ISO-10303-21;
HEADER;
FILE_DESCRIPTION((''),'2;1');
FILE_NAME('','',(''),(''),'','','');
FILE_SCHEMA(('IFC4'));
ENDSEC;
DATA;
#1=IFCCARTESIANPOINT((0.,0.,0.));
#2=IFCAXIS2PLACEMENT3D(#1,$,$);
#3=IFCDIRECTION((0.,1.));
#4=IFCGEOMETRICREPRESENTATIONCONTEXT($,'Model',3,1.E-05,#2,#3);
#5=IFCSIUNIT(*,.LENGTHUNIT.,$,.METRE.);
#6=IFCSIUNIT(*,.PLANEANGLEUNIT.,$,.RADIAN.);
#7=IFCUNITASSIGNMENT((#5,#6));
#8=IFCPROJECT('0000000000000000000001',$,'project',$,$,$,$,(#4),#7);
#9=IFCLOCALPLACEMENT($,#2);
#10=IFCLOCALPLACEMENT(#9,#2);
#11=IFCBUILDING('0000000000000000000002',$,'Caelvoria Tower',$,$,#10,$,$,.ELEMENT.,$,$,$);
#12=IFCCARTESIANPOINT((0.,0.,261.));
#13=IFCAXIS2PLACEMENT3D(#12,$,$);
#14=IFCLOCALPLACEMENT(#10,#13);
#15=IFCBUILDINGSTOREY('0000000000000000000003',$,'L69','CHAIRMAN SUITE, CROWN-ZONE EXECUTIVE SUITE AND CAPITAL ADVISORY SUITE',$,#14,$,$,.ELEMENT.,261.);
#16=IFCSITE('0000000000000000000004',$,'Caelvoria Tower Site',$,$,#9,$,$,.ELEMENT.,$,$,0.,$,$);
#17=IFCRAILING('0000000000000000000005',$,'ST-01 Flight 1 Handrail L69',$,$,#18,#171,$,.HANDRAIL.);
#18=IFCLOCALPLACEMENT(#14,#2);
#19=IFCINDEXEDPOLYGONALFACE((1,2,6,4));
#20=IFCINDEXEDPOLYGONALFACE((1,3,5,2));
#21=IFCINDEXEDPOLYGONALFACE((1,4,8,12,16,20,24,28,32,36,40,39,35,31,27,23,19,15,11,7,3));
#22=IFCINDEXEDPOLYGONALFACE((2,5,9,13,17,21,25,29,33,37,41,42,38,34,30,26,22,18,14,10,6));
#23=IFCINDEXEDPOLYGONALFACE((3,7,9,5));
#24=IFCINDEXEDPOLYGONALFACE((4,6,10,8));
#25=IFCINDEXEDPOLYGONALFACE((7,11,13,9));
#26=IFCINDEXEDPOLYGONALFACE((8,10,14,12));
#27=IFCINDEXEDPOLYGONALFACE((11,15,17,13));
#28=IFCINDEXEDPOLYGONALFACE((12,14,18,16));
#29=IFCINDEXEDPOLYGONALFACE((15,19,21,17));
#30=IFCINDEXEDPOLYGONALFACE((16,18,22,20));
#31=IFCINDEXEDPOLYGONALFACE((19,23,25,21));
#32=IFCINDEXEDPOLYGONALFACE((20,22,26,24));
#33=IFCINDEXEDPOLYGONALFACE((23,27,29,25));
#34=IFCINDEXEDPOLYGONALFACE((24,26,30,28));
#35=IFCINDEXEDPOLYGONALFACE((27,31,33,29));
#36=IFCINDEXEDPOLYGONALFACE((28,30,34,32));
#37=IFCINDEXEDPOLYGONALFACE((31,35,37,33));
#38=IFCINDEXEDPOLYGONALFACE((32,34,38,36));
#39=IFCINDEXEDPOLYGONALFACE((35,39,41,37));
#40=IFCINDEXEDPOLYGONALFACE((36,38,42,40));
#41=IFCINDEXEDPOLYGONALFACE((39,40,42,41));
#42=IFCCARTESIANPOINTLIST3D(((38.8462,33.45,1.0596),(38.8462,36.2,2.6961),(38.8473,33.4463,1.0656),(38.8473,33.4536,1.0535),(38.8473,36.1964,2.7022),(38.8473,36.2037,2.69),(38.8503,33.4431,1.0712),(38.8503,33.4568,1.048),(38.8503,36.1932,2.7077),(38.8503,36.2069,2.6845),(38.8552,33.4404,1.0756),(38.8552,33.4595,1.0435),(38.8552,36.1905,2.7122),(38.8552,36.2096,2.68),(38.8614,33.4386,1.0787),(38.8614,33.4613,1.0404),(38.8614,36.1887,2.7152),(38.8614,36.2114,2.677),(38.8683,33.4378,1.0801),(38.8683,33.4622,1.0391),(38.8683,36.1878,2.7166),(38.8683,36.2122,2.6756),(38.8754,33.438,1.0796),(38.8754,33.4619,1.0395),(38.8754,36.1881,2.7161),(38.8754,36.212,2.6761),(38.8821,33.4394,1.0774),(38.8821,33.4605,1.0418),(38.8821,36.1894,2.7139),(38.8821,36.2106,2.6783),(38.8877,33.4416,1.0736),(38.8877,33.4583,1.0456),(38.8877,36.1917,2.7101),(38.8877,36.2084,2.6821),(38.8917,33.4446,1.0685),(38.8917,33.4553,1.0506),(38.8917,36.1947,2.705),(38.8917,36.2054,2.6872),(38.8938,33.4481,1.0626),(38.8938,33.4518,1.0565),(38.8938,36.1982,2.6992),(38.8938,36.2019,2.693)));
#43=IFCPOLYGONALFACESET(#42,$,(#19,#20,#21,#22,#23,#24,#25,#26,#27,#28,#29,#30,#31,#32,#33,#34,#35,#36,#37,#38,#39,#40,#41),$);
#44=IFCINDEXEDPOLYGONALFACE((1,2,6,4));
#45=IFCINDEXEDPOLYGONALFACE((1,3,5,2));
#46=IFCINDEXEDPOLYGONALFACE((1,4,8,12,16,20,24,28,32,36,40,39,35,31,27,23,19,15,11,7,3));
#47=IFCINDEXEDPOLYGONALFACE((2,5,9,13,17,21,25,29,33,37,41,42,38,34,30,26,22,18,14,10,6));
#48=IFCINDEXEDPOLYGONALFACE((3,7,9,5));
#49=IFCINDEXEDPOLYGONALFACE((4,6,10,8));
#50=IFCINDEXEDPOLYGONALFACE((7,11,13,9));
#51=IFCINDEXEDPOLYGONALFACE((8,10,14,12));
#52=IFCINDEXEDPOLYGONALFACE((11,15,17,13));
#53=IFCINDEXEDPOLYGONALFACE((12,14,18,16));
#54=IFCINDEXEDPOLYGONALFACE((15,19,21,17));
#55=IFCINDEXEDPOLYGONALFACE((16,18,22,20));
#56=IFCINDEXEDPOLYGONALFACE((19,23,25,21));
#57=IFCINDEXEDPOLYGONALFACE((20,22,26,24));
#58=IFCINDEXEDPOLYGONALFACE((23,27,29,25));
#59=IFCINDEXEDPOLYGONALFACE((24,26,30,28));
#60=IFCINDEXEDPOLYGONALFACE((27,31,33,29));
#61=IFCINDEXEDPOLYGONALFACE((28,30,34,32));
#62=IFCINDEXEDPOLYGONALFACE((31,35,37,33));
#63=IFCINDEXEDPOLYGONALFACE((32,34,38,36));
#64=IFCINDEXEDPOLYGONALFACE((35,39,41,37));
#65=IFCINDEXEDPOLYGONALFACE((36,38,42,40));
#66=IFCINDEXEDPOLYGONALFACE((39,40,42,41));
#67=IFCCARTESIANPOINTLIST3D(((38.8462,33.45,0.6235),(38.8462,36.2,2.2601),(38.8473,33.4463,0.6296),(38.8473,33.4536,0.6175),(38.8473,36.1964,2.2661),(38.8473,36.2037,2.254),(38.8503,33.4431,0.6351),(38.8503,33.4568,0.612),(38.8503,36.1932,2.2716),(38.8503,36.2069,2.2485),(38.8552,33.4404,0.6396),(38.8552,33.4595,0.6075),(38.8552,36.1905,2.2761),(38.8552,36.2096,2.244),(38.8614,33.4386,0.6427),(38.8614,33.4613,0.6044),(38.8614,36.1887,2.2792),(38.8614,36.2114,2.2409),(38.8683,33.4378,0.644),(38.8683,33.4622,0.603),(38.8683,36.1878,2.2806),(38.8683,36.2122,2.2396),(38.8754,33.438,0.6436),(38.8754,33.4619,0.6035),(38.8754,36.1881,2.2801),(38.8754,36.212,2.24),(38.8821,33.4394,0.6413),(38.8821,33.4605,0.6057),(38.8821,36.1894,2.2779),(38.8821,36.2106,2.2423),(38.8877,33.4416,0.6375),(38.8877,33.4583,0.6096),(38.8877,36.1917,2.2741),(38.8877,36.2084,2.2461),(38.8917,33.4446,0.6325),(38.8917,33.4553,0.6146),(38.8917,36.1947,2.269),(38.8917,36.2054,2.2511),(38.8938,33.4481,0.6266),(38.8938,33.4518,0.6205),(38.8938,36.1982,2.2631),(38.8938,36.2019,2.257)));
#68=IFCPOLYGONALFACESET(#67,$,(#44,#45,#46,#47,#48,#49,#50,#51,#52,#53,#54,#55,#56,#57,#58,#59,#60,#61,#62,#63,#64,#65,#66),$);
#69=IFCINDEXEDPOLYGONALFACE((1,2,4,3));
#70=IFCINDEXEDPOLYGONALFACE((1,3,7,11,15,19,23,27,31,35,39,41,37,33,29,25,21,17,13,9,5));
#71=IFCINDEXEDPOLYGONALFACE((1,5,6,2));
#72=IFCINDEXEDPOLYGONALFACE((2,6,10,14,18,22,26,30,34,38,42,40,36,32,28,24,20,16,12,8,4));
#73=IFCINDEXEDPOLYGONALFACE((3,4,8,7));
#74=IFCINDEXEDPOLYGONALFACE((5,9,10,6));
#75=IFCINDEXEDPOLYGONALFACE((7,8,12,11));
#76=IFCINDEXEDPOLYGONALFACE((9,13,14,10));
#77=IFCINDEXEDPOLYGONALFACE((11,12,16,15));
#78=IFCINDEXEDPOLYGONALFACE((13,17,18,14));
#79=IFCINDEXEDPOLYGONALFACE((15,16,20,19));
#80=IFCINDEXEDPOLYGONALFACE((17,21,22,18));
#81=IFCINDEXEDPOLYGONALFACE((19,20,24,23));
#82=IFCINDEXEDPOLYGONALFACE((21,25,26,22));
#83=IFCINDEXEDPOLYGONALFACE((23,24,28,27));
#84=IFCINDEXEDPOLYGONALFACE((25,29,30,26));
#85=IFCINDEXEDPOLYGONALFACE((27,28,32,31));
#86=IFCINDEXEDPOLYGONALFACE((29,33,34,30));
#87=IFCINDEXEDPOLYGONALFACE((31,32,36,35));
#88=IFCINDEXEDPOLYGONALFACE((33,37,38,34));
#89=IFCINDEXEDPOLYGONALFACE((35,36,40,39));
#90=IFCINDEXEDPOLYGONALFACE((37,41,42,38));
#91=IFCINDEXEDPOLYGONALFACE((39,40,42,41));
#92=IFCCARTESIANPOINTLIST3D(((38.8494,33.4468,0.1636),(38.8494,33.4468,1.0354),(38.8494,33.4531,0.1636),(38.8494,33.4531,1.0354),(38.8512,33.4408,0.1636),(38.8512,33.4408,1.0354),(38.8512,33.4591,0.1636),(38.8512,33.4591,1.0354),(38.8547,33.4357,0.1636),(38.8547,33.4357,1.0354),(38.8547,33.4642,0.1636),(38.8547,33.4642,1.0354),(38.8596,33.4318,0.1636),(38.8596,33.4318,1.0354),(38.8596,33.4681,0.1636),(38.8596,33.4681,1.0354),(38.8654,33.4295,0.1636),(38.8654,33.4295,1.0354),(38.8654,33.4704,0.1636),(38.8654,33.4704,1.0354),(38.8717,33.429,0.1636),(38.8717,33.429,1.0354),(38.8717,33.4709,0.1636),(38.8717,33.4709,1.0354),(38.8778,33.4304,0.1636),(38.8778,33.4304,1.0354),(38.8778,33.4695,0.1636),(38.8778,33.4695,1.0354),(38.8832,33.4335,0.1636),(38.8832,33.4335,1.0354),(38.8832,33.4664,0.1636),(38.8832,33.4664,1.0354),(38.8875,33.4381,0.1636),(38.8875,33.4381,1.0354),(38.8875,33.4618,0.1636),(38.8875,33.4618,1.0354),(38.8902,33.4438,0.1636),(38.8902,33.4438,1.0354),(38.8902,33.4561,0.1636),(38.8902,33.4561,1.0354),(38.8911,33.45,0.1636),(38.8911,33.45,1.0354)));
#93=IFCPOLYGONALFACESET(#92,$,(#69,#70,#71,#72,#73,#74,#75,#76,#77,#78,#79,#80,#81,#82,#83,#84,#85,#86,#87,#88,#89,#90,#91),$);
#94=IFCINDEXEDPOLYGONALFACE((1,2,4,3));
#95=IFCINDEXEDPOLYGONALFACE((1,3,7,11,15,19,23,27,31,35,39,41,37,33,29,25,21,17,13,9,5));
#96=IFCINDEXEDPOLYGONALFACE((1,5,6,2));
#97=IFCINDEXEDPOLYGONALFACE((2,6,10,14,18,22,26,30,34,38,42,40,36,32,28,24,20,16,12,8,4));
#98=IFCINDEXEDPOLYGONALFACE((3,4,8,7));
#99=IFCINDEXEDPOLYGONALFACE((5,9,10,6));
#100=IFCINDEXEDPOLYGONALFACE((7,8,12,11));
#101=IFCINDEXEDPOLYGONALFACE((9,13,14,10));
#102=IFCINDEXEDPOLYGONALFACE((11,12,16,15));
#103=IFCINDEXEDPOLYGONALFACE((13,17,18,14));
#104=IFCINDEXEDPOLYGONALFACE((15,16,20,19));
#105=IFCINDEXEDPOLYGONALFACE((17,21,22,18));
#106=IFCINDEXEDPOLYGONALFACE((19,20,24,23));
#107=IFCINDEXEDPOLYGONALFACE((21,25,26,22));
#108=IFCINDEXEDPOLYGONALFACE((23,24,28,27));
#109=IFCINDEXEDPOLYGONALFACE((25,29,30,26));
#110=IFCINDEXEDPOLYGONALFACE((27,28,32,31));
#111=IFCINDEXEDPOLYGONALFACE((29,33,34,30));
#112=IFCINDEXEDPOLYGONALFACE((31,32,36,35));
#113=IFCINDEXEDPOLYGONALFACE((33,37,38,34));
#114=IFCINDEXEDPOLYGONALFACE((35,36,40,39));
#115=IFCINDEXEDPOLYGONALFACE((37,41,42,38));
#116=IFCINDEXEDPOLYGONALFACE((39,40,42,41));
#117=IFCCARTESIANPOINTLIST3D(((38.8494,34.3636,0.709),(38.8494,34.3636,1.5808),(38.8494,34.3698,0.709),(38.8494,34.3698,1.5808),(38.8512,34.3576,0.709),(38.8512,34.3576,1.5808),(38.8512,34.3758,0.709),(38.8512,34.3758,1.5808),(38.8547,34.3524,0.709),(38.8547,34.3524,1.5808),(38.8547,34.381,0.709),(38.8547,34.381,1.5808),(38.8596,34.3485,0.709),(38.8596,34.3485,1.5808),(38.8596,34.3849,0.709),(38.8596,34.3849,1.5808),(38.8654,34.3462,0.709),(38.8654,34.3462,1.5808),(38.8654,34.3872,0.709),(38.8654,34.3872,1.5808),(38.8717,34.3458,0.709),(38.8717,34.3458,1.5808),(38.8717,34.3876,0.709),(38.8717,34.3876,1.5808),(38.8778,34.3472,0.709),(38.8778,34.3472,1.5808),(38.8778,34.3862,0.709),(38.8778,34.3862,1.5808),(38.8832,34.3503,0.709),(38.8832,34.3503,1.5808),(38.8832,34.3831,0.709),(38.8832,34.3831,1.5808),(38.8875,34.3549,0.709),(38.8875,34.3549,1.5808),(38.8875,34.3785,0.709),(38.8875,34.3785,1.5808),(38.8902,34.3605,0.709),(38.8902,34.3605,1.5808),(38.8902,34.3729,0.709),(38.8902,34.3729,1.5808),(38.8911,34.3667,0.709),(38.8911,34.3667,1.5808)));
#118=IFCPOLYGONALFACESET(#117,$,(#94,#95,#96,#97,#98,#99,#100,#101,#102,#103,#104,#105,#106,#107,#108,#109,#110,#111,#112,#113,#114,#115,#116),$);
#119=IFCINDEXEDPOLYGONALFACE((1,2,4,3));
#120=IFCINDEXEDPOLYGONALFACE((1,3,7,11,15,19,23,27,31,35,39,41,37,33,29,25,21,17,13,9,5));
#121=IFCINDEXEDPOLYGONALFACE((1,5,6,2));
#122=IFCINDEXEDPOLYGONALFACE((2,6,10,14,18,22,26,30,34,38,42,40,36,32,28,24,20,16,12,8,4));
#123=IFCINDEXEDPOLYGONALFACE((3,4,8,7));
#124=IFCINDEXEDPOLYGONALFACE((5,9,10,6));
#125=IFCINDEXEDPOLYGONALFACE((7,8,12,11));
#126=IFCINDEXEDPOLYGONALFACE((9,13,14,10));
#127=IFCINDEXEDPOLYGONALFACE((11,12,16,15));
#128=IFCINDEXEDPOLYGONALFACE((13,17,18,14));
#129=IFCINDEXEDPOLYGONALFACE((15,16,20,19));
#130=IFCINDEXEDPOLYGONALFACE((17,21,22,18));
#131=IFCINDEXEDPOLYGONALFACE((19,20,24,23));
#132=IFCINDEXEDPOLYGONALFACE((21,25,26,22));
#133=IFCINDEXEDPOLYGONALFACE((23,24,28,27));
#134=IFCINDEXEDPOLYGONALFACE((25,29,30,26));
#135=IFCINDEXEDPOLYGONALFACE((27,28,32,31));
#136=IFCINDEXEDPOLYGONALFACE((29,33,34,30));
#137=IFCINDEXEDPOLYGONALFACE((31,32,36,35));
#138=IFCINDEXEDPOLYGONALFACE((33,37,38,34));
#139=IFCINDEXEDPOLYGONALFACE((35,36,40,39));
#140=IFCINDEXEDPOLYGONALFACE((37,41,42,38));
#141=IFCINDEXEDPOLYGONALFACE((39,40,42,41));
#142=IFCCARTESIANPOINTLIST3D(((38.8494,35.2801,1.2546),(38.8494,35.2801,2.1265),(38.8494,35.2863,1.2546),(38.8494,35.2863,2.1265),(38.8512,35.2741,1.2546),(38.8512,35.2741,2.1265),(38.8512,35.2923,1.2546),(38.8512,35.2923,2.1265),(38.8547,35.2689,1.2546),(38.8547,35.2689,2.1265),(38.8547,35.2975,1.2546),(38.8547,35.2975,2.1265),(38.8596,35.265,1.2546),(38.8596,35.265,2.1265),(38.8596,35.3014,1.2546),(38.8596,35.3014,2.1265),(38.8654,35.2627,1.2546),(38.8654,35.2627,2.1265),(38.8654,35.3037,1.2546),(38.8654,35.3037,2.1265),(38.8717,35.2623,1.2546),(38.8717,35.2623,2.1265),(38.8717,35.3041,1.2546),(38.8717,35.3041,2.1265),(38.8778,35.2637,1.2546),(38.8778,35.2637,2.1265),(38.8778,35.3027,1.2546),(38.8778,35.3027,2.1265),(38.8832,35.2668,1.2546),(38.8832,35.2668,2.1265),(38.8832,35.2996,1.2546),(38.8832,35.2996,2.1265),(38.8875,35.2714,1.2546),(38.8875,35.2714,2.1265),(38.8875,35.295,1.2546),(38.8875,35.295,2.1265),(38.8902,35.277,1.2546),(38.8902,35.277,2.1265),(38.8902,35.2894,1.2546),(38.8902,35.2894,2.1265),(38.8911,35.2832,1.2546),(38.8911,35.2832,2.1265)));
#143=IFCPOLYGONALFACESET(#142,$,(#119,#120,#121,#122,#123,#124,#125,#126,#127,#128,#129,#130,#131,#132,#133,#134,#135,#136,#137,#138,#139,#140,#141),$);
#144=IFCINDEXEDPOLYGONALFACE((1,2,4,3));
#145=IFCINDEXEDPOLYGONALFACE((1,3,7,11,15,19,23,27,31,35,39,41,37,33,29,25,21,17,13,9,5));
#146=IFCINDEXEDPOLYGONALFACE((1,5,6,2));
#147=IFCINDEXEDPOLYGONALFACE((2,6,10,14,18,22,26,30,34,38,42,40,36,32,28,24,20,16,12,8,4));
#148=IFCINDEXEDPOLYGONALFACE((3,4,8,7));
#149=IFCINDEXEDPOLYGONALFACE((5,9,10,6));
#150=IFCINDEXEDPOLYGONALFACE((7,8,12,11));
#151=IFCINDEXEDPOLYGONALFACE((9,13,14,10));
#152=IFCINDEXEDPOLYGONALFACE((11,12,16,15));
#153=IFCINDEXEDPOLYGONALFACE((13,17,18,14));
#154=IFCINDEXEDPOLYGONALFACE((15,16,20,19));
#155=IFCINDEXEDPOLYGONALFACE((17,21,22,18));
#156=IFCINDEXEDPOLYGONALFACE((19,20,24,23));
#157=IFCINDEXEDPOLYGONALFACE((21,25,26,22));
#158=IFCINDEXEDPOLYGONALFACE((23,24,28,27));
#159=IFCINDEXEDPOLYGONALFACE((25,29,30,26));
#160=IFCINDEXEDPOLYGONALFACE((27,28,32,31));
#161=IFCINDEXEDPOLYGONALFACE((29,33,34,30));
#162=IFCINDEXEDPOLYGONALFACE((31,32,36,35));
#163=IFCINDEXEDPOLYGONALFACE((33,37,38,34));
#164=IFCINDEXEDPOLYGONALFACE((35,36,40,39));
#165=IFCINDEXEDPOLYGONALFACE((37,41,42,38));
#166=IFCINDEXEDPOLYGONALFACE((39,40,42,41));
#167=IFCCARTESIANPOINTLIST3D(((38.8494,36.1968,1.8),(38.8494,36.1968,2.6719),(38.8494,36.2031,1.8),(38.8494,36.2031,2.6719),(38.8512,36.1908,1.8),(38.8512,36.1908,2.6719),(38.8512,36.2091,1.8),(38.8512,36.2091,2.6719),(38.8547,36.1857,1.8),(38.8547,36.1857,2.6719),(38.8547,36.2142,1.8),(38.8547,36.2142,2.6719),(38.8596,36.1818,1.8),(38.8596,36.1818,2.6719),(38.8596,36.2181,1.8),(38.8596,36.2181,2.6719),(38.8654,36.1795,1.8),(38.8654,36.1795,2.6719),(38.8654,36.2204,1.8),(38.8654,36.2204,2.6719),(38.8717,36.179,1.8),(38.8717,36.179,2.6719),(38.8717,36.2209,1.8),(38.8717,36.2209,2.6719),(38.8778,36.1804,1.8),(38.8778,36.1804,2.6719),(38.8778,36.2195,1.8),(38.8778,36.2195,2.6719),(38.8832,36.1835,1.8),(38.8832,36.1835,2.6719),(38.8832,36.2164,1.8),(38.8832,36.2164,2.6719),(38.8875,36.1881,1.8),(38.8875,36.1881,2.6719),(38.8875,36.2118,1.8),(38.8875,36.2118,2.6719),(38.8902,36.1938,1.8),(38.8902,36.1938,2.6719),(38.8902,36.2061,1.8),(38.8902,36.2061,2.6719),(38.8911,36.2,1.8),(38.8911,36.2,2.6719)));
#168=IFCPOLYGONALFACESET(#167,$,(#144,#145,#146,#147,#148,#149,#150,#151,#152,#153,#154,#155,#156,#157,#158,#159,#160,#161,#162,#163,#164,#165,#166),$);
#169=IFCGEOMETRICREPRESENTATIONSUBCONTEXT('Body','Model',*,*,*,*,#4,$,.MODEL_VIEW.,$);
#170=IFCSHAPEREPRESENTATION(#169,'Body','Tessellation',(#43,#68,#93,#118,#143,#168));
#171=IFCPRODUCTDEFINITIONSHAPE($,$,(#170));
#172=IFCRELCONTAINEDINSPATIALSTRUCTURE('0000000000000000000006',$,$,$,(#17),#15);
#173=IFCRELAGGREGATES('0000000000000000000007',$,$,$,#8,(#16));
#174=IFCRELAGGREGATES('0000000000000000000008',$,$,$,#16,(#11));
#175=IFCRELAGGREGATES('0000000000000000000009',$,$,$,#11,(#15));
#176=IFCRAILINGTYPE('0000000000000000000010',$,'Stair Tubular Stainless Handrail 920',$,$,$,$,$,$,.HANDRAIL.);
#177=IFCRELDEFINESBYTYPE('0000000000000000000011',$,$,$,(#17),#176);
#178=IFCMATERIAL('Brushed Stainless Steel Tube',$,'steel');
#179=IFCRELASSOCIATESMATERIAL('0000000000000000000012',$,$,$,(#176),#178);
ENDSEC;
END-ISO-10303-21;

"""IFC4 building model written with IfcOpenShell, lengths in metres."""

from ifc_helpers import new_model, si_unit, direction, frame, origin, origin_2d, place, context, subcontext, project, spatial, circle, extrude, material, type_object, element, save


model = new_model("IFC4")

# Units and contexts
model_context = context("Model", 3, precision=1e-05, world=origin(), true_north=direction((0.0, 1.0)))
body_context = subcontext(model_context, "Body", "Model", "MODEL_VIEW")
ifc_project = project(units=[si_unit("LENGTHUNIT", "METRE"), si_unit("PLANEANGLEUNIT", "RADIAN")], contexts=[model_context])

# Site, building, storey
site_placement = place(None, origin())
site = spatial("IfcSite", under=ifc_project, at=site_placement, Name="Caelvoria Tower Site", CompositionType="ELEMENT", RefElevation=0.0)
building_placement = place(site_placement, origin())
building = spatial("IfcBuilding", under=site, at=building_placement, Name="Caelvoria Tower", CompositionType="ELEMENT")
storey_placement = place(building_placement, frame((0.0, 0.0, 261.0)))
storey = spatial("IfcBuildingStorey", under=building, at=storey_placement, Name="L69", Description="CHAIRMAN SUITE, CROWN-ZONE EXECUTIVE SUITE AND CAPITAL ADVISORY SUITE", CompositionType="ELEMENT", Elevation=261.0)

# Railing
ifc_material_1 = material(Name="Brushed Stainless Steel Tube", Category="steel")
railing_type_1 = type_object("IfcRailingType", Name="Stair Tubular Stainless Handrail 920", PredefinedType="HANDRAIL", material=ifc_material_1)
railing_1_placement = place(storey_placement, frame((38.8701, 33.45, 0.1636)))
element("IfcRailing", 1, at=railing_1_placement, inside=storey, type_object=railing_type_1, Name="ST-01 Flight 1 Handrail L69", PredefinedType="HANDRAIL", context=body_context, shape_type="SweptSolid", body=[
    extrude(circle(Radius=0.0239, at=origin_2d()), frame((0.0, 0.0, 0.896), z_axis=(0.0, 0.859352, 0.511385), x_axis=(-1.0, 0.0, 0.0)), (0.0, 0.0, 1.0), 3.2002),
    extrude(circle(Radius=0.0239, at=origin_2d()), frame((0.0, 0.0, 0.46), z_axis=(0.0, 0.859352, 0.511385), x_axis=(-1.0, 0.0, 0.0)), (0.0, 0.0, 1.0), 3.2002),
    extrude(circle(Radius=0.021, at=origin_2d()), origin(), (0.0, 0.0, 1.0), 0.8718),
    extrude(circle(Radius=0.021, at=origin_2d()), frame((0.0, 0.9167, 0.5454)), (0.0, 0.0, 1.0), 0.8718),
    extrude(circle(Radius=0.021, at=origin_2d()), frame((0.0, 1.8333, 1.0911)), (0.0, 0.0, 1.0), 0.8718),
    extrude(circle(Radius=0.021, at=origin_2d()), frame((0.0, 2.75, 1.6365)), (0.0, 0.0, 1.0), 0.8718),
])

save(model, "model.ifc")
